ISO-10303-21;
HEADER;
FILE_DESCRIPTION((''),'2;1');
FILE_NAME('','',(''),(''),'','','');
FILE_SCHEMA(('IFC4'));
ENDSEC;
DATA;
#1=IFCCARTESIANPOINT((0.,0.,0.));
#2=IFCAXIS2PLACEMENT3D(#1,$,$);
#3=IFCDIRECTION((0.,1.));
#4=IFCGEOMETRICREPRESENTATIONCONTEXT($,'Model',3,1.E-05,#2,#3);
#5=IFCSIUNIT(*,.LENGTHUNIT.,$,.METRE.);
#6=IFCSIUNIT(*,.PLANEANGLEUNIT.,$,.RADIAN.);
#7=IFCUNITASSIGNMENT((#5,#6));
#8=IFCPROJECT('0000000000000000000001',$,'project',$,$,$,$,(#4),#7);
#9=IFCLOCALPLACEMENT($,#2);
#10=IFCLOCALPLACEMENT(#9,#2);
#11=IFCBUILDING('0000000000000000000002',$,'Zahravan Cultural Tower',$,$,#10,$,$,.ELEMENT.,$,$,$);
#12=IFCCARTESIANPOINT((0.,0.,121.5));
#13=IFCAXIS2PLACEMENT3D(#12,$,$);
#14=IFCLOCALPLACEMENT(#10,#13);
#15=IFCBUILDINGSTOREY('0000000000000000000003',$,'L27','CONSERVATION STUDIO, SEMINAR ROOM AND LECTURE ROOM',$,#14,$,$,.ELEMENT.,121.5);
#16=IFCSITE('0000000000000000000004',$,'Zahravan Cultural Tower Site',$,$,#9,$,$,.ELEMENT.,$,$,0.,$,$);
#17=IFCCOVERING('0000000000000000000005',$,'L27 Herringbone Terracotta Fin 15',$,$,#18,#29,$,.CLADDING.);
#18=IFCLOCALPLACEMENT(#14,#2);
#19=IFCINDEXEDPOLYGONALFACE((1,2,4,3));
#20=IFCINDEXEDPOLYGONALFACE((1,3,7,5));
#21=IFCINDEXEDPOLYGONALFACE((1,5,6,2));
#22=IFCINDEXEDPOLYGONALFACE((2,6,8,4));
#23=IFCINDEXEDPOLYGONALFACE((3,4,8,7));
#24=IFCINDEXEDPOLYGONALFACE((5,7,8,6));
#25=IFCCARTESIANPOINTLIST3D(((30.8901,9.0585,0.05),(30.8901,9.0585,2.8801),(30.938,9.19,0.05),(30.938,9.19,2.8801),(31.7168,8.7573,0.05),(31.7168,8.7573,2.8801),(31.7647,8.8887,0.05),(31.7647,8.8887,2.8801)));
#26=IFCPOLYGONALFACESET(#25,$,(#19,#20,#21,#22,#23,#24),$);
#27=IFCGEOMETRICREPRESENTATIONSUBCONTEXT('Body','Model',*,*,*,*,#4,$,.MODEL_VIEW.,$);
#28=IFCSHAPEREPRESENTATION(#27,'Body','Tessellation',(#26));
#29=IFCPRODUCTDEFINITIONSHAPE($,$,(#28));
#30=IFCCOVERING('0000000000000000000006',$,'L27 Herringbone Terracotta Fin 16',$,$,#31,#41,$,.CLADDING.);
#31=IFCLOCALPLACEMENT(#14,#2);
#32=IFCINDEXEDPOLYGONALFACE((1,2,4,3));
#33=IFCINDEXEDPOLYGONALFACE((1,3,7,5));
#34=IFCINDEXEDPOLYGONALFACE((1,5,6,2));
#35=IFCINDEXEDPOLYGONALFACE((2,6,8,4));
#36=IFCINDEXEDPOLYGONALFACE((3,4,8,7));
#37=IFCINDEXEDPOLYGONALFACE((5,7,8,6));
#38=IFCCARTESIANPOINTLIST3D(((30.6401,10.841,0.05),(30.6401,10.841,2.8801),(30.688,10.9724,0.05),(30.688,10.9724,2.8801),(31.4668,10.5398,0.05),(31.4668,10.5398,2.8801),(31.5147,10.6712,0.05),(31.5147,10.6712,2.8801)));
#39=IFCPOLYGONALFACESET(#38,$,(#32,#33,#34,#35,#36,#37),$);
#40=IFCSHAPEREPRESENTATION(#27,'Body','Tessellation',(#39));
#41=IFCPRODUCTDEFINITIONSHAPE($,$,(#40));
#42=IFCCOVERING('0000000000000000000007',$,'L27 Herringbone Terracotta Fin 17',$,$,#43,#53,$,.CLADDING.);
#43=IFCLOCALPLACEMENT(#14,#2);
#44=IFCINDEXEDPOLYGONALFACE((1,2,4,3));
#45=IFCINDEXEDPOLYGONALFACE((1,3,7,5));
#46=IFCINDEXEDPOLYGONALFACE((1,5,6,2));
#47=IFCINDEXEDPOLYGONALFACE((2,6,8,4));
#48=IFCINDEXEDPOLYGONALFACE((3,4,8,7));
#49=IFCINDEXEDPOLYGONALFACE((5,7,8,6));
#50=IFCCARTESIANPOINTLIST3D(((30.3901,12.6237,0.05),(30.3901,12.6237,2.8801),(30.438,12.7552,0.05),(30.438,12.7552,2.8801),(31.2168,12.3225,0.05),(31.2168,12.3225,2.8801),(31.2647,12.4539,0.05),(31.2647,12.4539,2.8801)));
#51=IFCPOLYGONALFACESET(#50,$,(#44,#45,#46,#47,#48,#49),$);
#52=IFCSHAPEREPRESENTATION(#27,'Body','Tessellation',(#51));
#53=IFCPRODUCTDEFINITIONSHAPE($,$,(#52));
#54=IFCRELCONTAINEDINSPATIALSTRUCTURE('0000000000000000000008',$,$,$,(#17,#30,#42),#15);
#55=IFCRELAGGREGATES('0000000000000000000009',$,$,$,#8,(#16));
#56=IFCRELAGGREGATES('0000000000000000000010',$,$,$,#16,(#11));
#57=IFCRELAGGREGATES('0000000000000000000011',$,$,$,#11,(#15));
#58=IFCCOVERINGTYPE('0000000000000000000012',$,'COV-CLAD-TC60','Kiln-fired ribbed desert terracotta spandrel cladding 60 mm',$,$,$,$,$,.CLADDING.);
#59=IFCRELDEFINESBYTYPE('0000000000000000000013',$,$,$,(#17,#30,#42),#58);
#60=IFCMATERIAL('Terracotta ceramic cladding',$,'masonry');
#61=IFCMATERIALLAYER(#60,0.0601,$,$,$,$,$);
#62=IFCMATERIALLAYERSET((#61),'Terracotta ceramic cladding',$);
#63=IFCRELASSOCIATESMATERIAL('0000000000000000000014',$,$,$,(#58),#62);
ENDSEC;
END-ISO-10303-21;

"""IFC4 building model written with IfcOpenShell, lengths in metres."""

from ifc_helpers import new_model, si_unit, direction, frame, origin, origin_2d, place, context, subcontext, project, spatial, rectangle, extrude, source, transform, mapped, material, layer, layer_set, type_object, element, save


model = new_model("IFC4")

# Units and contexts
model_context = context("Model", 3, precision=1e-05, world=origin(), true_north=direction((0.0, 1.0)))
body_context = subcontext(model_context, "Body", "Model", "MODEL_VIEW")
ifc_project = project(units=[si_unit("LENGTHUNIT", "METRE"), si_unit("PLANEANGLEUNIT", "RADIAN")], contexts=[model_context])

# Site, building, storey
site_placement = place(None, origin())
site = spatial("IfcSite", under=ifc_project, at=site_placement, Name="Zahravan Cultural Tower Site", CompositionType="ELEMENT", RefElevation=0.0)
building_placement = place(site_placement, origin())
building = spatial("IfcBuilding", under=site, at=building_placement, Name="Zahravan Cultural Tower", CompositionType="ELEMENT")
storey_placement = place(building_placement, frame((0.0, 0.0, 121.5)))
storey = spatial("IfcBuildingStorey", under=building, at=storey_placement, Name="L27", Description="CONSERVATION STUDIO, SEMINAR ROOM AND LECTURE ROOM", CompositionType="ELEMENT", Elevation=121.5)

# Coverings
ifc_material_1 = material(Name="Terracotta ceramic cladding", Category="masonry")
ifc_layer_1 = layer(ifc_material_1, 0.0601)
ifc_layer_set_1 = layer_set([ifc_layer_1], Name="Terracotta ceramic cladding")
covering_type = type_object("IfcCoveringType", Name="COV-CLAD-TC60", Description="Kiln-fired ribbed desert terracotta spandrel cladding 60 mm", PredefinedType="CLADDING", material=ifc_layer_set_1)
shared_shape_1 = source(origin(), body_context, "Body", "SweptSolid", [
    extrude(rectangle(XDim=0.8799, YDim=0.1399, at=origin_2d()), origin(), (0.0, 0.0, 1.0), 2.8301),
])
for number, where, z_axis, x_axis, name in (
    (1, (31.3274, 8.9736, 0.05), (0.0, 0.0, 1.0), (-0.939573, 0.342348, 0.0), "L27 Herringbone Terracotta Fin 15"),
    (2, (31.0774, 10.7561, 0.05), (0.0, 0.0, 1.0), (-0.939573, 0.342348, 0.0), "L27 Herringbone Terracotta Fin 16"),
    (3, (30.8274, 12.5388, 0.05), (0.0, 0.0, 1.0), (-0.939573, 0.342348, 0.0), "L27 Herringbone Terracotta Fin 17"),
):
    element("IfcCovering", number, at=place(storey_placement, frame(where, z_axis=z_axis, x_axis=x_axis)), inside=storey, type_object=covering_type, Name=name, PredefinedType="CLADDING", context=body_context, shape_type="MappedRepresentation", body=[
        mapped(shared_shape_1, transform((0.0, 0.0, 0.0), x_axis=(1.0, 0.0, 0.0), y_axis=(0.0, 1.0, 0.0), z_axis=(0.0, 0.0, 1.0), scale=1.0)),
    ])

save(model, "model.ifc")
